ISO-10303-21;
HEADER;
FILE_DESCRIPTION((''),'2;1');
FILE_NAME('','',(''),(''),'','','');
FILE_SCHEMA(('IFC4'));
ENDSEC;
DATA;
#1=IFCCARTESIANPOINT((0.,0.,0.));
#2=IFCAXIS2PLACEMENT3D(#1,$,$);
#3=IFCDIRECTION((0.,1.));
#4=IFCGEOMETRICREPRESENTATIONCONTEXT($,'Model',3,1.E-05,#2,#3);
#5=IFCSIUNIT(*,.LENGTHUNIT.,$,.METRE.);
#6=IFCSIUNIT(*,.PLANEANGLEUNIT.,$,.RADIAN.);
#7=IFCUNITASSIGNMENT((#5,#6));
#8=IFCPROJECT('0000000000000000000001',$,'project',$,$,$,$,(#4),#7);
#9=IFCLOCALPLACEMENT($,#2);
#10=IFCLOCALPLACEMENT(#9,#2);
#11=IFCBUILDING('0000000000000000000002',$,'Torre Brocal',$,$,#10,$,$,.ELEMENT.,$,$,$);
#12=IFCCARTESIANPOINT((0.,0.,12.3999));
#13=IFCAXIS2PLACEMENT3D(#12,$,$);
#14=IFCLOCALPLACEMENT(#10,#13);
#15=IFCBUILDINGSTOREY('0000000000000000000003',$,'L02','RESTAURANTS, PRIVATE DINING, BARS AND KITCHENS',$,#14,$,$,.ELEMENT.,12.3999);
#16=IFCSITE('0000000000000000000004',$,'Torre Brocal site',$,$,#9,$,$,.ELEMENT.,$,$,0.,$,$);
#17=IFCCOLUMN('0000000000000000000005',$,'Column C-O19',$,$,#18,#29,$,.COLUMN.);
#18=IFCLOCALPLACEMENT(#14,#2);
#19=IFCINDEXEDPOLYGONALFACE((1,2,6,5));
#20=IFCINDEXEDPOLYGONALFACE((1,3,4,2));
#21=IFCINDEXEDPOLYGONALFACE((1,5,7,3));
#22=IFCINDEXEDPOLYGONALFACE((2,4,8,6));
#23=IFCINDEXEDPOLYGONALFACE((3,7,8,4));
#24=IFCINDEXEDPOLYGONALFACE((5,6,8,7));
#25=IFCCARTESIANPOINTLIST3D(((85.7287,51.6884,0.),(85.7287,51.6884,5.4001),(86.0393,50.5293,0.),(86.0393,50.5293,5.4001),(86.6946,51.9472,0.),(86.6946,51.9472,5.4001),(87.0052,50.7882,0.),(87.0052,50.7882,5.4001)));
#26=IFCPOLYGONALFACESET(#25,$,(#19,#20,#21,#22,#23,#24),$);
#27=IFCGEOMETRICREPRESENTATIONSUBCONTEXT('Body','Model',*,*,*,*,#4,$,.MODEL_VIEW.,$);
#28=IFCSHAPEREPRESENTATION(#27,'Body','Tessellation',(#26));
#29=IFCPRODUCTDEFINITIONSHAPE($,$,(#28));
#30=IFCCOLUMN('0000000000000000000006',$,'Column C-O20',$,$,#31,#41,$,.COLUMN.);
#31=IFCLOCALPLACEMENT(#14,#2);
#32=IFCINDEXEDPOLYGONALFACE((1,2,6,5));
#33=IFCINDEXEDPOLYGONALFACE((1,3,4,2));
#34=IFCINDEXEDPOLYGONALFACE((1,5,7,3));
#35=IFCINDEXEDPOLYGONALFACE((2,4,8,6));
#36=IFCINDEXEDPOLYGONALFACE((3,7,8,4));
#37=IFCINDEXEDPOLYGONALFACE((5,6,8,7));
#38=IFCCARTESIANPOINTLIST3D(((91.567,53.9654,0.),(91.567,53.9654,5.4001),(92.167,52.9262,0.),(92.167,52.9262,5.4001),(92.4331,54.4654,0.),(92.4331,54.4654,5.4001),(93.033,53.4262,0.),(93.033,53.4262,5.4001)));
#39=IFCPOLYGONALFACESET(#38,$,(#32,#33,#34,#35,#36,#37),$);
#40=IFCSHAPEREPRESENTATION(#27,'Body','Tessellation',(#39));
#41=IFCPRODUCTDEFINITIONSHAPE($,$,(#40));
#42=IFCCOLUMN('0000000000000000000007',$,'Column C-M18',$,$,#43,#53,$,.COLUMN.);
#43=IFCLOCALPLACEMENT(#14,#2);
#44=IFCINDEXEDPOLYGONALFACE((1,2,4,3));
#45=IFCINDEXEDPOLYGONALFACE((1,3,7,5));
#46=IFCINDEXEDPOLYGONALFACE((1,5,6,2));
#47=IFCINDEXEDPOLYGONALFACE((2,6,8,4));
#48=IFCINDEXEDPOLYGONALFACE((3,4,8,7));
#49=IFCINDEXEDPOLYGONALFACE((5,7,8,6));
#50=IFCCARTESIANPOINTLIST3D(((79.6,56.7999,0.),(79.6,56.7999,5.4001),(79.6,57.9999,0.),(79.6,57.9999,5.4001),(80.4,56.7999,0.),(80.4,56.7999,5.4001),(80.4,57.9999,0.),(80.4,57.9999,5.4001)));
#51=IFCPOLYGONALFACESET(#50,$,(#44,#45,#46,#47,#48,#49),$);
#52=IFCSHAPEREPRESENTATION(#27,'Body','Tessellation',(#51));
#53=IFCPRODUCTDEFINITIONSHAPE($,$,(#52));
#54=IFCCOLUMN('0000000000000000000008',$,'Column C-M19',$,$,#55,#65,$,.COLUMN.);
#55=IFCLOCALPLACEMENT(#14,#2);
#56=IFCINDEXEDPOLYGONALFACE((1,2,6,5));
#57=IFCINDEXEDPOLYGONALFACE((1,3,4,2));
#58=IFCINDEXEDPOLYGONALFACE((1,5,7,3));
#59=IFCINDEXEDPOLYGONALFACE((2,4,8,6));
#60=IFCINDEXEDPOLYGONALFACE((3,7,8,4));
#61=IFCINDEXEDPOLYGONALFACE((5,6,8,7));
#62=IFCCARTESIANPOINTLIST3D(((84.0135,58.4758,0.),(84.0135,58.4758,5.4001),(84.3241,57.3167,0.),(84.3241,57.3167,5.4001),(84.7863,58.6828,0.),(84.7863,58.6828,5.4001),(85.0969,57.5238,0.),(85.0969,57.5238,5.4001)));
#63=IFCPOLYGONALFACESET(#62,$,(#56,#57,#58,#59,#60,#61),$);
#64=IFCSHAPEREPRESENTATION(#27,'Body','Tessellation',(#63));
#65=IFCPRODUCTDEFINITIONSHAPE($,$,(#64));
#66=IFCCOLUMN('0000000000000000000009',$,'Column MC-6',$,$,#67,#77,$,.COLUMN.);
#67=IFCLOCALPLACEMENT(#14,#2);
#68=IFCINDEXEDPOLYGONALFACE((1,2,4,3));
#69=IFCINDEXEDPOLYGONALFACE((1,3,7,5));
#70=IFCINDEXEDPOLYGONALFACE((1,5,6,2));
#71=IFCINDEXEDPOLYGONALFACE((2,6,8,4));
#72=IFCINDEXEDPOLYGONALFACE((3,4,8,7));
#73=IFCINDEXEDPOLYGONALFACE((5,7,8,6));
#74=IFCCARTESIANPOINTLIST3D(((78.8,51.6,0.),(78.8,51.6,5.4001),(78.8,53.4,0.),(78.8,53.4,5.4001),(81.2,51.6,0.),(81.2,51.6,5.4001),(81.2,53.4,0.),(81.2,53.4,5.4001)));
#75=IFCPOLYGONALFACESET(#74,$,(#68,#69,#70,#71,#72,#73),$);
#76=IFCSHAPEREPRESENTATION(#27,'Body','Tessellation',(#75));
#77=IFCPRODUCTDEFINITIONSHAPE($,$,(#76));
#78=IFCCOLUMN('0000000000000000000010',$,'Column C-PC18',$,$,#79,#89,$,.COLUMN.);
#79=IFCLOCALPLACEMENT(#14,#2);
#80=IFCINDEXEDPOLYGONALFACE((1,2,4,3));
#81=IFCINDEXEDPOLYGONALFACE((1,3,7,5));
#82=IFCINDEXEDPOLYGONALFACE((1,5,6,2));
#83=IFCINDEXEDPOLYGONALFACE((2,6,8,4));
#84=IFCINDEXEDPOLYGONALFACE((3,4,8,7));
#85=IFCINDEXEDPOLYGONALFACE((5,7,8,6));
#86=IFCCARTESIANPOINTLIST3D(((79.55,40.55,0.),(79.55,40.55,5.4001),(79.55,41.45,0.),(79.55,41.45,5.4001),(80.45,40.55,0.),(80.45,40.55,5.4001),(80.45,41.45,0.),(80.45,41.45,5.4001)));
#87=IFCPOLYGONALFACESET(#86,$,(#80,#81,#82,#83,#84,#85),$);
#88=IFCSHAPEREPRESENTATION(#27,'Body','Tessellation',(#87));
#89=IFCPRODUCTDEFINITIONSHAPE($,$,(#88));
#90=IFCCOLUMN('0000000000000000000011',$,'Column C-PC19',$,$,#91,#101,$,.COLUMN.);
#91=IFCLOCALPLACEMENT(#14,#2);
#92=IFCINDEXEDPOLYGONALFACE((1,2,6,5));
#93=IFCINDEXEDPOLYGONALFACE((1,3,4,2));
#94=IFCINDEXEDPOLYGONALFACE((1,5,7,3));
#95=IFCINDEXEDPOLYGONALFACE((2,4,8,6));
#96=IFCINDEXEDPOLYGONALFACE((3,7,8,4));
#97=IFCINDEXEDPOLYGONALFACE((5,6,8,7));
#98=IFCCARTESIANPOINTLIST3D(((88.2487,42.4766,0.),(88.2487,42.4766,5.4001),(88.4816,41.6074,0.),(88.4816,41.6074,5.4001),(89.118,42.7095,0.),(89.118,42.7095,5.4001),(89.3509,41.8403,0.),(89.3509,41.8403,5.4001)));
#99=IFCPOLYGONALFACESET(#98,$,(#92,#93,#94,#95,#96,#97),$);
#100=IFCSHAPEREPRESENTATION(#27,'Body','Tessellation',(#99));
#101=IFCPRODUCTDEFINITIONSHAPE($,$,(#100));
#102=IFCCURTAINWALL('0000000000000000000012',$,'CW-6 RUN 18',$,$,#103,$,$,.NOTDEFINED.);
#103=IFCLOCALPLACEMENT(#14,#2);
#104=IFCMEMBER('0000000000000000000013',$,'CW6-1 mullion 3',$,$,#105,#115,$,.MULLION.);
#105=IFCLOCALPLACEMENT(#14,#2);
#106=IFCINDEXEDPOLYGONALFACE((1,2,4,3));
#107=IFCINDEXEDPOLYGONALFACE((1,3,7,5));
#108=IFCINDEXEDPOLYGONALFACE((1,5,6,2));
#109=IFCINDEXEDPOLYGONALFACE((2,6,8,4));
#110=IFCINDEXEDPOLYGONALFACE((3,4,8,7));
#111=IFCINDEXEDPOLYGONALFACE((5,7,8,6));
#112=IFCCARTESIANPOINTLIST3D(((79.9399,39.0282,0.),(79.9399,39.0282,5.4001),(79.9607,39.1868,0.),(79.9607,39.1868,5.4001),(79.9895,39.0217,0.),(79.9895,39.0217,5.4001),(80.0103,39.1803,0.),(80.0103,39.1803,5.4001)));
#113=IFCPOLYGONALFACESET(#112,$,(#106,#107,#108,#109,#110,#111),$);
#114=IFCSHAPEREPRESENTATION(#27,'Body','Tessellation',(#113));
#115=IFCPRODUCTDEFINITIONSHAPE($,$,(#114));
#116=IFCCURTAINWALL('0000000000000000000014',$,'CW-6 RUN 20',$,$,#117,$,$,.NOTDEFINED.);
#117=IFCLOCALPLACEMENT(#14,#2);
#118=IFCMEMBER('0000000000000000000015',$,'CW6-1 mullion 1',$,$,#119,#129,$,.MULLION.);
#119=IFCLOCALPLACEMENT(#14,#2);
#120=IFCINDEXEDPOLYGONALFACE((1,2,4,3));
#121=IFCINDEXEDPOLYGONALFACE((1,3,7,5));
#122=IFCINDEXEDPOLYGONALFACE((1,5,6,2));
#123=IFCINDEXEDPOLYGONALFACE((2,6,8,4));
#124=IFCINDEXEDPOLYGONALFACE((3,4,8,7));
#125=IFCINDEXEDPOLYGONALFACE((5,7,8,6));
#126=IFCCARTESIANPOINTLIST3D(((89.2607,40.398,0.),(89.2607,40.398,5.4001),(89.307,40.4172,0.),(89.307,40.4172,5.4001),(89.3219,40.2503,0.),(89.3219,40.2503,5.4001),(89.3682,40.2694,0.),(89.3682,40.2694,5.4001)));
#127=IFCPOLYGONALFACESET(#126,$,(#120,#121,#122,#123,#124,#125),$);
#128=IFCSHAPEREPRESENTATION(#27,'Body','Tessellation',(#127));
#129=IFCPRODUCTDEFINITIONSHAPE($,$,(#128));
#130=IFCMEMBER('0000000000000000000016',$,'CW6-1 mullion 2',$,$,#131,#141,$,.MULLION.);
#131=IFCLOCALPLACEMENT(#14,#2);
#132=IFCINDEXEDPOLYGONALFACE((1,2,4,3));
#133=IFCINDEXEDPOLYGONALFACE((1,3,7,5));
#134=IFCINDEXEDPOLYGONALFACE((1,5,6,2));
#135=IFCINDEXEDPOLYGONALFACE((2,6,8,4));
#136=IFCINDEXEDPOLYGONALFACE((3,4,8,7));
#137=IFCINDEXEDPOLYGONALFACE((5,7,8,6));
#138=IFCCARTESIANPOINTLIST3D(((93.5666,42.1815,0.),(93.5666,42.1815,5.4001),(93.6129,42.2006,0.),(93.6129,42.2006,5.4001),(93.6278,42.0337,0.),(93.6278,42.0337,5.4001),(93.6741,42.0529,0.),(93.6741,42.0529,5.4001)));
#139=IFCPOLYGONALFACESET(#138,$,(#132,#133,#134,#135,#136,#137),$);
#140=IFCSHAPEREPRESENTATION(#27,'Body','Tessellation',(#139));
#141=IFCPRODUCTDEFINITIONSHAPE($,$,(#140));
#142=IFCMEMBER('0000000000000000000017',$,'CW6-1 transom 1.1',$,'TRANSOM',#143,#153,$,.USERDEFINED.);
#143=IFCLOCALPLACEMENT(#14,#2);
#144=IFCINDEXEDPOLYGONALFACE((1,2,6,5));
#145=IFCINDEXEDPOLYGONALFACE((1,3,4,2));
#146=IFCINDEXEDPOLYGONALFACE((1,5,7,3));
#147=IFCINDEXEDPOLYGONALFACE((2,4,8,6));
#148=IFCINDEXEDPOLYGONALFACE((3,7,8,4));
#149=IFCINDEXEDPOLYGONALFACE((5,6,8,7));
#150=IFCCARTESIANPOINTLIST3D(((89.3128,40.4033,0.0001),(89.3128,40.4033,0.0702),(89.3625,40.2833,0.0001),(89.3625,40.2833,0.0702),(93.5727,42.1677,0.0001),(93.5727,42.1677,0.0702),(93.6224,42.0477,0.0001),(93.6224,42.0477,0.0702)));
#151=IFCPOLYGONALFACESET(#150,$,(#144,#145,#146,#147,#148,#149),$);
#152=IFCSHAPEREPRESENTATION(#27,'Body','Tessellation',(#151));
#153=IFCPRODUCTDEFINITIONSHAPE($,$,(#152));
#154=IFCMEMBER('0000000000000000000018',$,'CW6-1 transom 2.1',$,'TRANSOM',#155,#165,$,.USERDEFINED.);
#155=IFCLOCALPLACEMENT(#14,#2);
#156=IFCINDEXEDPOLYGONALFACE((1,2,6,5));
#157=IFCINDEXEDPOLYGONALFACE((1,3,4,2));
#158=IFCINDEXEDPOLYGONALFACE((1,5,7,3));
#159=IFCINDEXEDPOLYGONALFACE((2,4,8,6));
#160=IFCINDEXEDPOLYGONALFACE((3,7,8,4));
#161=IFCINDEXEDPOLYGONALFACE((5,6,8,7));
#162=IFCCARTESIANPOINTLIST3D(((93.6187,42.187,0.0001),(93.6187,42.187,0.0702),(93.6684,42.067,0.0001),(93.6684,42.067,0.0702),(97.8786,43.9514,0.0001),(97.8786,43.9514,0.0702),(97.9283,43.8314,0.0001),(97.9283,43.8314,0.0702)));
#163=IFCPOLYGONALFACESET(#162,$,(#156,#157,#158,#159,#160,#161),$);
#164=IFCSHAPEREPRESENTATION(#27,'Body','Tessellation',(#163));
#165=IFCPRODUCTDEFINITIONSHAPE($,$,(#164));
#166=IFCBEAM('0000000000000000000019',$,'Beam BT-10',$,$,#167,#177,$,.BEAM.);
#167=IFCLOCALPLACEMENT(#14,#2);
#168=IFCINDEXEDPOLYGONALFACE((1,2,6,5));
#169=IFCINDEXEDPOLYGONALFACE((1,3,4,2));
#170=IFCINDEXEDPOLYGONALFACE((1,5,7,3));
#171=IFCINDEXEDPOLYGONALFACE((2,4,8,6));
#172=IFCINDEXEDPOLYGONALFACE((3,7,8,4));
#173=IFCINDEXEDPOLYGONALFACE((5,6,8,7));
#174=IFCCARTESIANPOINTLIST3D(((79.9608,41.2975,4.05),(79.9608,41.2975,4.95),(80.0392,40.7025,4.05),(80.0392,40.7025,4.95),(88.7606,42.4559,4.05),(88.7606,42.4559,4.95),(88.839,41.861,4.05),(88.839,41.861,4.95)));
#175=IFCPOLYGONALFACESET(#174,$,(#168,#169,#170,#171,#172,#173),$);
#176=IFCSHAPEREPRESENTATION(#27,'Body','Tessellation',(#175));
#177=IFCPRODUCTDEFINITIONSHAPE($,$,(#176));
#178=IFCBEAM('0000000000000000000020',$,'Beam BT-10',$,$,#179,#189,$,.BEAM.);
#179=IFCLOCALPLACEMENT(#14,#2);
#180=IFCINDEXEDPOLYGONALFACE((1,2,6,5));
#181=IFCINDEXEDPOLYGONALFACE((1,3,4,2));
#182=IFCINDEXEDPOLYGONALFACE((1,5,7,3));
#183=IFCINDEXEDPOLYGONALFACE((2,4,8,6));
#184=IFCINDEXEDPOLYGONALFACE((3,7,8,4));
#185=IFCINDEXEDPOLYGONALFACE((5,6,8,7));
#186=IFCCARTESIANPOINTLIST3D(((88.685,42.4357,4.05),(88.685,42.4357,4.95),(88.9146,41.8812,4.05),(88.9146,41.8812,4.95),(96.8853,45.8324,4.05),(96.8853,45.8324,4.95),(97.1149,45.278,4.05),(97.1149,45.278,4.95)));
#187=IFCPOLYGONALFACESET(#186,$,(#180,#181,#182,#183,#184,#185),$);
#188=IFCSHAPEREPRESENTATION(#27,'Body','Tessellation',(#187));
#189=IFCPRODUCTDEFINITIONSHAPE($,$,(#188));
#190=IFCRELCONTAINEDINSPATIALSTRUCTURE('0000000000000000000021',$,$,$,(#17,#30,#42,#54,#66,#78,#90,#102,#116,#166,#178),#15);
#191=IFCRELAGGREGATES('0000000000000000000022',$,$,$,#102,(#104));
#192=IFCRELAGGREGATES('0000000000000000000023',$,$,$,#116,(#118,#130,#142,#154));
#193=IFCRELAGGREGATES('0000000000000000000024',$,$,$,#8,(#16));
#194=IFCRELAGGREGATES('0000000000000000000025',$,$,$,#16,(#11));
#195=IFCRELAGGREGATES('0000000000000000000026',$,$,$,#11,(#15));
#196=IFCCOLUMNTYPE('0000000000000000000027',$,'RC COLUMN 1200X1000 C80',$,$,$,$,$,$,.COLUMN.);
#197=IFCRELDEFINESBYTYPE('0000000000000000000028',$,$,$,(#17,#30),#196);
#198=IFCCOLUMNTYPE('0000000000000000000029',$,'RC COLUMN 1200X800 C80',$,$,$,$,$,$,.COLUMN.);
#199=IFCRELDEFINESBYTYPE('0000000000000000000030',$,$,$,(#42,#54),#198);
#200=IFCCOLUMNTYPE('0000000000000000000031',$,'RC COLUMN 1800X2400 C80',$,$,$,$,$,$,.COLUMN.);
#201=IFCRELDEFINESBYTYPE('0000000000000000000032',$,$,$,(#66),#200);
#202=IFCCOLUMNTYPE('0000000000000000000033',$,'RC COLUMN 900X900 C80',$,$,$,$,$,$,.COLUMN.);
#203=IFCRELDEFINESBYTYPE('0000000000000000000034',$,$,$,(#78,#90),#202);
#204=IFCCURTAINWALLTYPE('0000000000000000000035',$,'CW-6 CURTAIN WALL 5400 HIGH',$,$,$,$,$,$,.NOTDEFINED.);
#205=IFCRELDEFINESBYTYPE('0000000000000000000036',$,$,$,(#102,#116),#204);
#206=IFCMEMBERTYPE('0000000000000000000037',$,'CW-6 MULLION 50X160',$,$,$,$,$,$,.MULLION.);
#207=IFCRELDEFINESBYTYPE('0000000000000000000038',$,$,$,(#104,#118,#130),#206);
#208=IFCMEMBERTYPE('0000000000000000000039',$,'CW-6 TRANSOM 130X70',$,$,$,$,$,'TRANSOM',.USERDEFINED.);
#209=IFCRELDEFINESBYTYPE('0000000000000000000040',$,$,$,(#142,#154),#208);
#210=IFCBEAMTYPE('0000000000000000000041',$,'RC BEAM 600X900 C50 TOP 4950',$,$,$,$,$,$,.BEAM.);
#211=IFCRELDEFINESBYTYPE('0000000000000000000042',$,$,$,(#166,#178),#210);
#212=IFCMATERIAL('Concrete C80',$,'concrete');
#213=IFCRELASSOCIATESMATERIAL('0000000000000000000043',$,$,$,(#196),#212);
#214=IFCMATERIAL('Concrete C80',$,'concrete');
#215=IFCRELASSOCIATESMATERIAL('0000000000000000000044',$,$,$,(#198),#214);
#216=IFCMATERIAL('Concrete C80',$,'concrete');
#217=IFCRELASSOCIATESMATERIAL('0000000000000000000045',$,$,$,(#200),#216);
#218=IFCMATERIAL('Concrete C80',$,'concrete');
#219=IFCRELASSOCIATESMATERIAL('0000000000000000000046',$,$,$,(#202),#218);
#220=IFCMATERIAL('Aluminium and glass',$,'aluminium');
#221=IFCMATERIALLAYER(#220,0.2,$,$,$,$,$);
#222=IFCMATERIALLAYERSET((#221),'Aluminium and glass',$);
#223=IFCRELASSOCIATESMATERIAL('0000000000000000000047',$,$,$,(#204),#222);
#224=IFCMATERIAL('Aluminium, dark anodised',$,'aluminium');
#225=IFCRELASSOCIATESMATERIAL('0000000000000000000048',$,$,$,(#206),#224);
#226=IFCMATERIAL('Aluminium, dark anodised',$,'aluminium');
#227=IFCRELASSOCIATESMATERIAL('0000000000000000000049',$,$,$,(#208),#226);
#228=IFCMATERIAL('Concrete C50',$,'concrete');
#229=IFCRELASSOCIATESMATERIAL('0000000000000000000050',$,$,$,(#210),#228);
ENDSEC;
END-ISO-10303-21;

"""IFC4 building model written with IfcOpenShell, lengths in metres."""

from ifc_helpers import new_model, si_unit, direction, frame, origin, origin_2d, place, context, subcontext, project, spatial, rectangle, extrude, material, layer, layer_set, material_profile, profile_set, type_object, element, aggregate, save


model = new_model("IFC4")

# Units and contexts
model_context = context("Model", 3, precision=1e-05, world=origin(), true_north=direction((0.0, 1.0)))
body_context = subcontext(model_context, "Body", "Model", "MODEL_VIEW")
ifc_project = project(units=[si_unit("LENGTHUNIT", "METRE"), si_unit("PLANEANGLEUNIT", "RADIAN")], contexts=[model_context])

# Site, building, storey
site_placement = place(None, origin())
site = spatial("IfcSite", under=ifc_project, at=site_placement, Name="Torre Brocal site", CompositionType="ELEMENT", RefElevation=0.0)
building_placement = place(site_placement, origin())
building = spatial("IfcBuilding", under=site, at=building_placement, Name="Torre Brocal", CompositionType="ELEMENT")
storey_placement = place(building_placement, frame((0.0, 0.0, 12.3999)))
storey = spatial("IfcBuildingStorey", under=building, at=storey_placement, Name="L02", Description="RESTAURANTS, PRIVATE DINING, BARS AND KITCHENS", CompositionType="ELEMENT", Elevation=12.3999)

# Columns
ifc_material_1 = material(Name="Concrete C80", Category="concrete")
ifc_material_profile_1 = material_profile(ifc_material_1, rectangle(XDim=1.2, YDim=1.0, at=origin_2d()), Name="RC 1200X1000")
ifc_profile_set_1 = profile_set([ifc_material_profile_1], Name="Concrete C80")
column_type_1 = type_object("IfcColumnType", Name="RC COLUMN 1200X1000 C80", PredefinedType="COLUMN", material=ifc_profile_set_1)
for number, where, z_axis, x_axis, name in (
    (1, (86.3669, 51.2383, 0.0), (0.0, 0.0, 1.0), (0.258819, -0.965926, 0.0), "Column C-O19"),
    (2, (92.3, 53.6958, 0.0), (0.0, 0.0, 1.0), (0.5, -0.866025, 0.0), "Column C-O20"),
):
    element("IfcColumn", number, at=place(storey_placement, frame(where, z_axis=z_axis, x_axis=x_axis)), inside=storey, type_object=column_type_1, Name=name, PredefinedType="COLUMN", context=body_context, shape_type="SweptSolid", body=[
        extrude(rectangle(XDim=1.2, YDim=1.0, at=origin_2d()), origin(), (0.0, 0.0, 1.0), 5.4001),
    ])
ifc_material_2 = material(Name="Concrete C80", Category="concrete")
ifc_material_profile_2 = material_profile(ifc_material_2, rectangle(XDim=1.2, YDim=0.8, at=origin_2d()), Name="RC 1200X800")
ifc_profile_set_2 = profile_set([ifc_material_profile_2], Name="Concrete C80")
column_type_2 = type_object("IfcColumnType", Name="RC COLUMN 1200X800 C80", PredefinedType="COLUMN", material=ifc_profile_set_2)
for number, where, z_axis, x_axis, name in (
    (3, (80.0, 57.3999, 0.0), (0.0, 0.0, 1.0), (0.0, -1.0, 0.0), "Column C-M18"),
    (4, (84.5552, 57.9998, 0.0), (0.0, 0.0, 1.0), (0.258819, -0.965926, 0.0), "Column C-M19"),
):
    element("IfcColumn", number, at=place(storey_placement, frame(where, z_axis=z_axis, x_axis=x_axis)), inside=storey, type_object=column_type_2, Name=name, PredefinedType="COLUMN", context=body_context, shape_type="SweptSolid", body=[
        extrude(rectangle(XDim=1.2, YDim=0.8, at=origin_2d()), origin(), (0.0, 0.0, 1.0), 5.4001),
    ])
ifc_material_3 = material(Name="Concrete C80", Category="concrete")
ifc_material_profile_3 = material_profile(ifc_material_3, rectangle(XDim=1.8, YDim=2.3999, at=origin_2d()), Name="RC 1800X2400")
ifc_profile_set_3 = profile_set([ifc_material_profile_3], Name="Concrete C80")
column_type_3 = type_object("IfcColumnType", Name="RC COLUMN 1800X2400 C80", PredefinedType="COLUMN", material=ifc_profile_set_3)
column_placement = place(storey_placement, frame((80.0, 52.5, 0.0), z_axis=(0.0, 0.0, 1.0), x_axis=(0.0, -1.0, 0.0)))
element("IfcColumn", 5, at=column_placement, inside=storey, type_object=column_type_3, Name="Column MC-6", PredefinedType="COLUMN", context=body_context, shape_type="SweptSolid", body=[
    extrude(rectangle(XDim=1.8, YDim=2.3999, at=origin_2d()), origin(), (0.0, 0.0, 1.0), 5.4001),
])
ifc_material_4 = material(Name="Concrete C80", Category="concrete")
ifc_material_profile_4 = material_profile(ifc_material_4, rectangle(XDim=0.8999, YDim=0.8999, at=origin_2d()), Name="RC 900X900")
ifc_profile_set_4 = profile_set([ifc_material_profile_4], Name="Concrete C80")
column_type_4 = type_object("IfcColumnType", Name="RC COLUMN 900X900 C80", PredefinedType="COLUMN", material=ifc_profile_set_4)
for number, where, z_axis, x_axis, name in (
    (6, (80.0, 41.0, 0.0), (0.0, 0.0, 1.0), (0.0, -1.0, 0.0), "Column C-PC18"),
    (7, (88.7998, 42.1584, 0.0), (0.0, 0.0, 1.0), (0.258819, -0.965926, 0.0), "Column C-PC19"),
):
    element("IfcColumn", number, at=place(storey_placement, frame(where, z_axis=z_axis, x_axis=x_axis)), inside=storey, type_object=column_type_4, Name=name, PredefinedType="COLUMN", context=body_context, shape_type="SweptSolid", body=[
        extrude(rectangle(XDim=0.8999, YDim=0.8999, at=origin_2d()), origin(), (0.0, 0.0, 1.0), 5.4001),
    ])

# Curtain wall, member
ifc_material_5 = material(Name="Aluminium and glass", Category="aluminium")
ifc_layer_1 = layer(ifc_material_5, 0.2)
ifc_layer_set_1 = layer_set([ifc_layer_1], Name="Aluminium and glass")
curtain_wall_type = type_object("IfcCurtainWallType", Name="CW-6 CURTAIN WALL 5400 HIGH", PredefinedType="NOTDEFINED", material=ifc_layer_set_1)
curtain_wall_1_placement = place(storey_placement, origin())
curtain_wall_1 = element("IfcCurtainWall", 8, at=curtain_wall_1_placement, inside=storey, type_object=curtain_wall_type, Name="CW-6 RUN 18", PredefinedType="NOTDEFINED")
ifc_material_6 = material(Name="Aluminium, dark anodised", Category="aluminium")
ifc_material_profile_5 = material_profile(ifc_material_6, rectangle(XDim=0.1599, YDim=0.05, at=origin_2d()), Name="CW-6 MULLION 50X160")
ifc_profile_set_5 = profile_set([ifc_material_profile_5], Name="Aluminium, dark anodised")
member_type_1 = type_object("IfcMemberType", Name="CW-6 MULLION 50X160", PredefinedType="MULLION", material=ifc_profile_set_5)
member_1_placement = place(storey_placement, frame((79.9751, 39.1042, 0.0), z_axis=(0.0, 0.0, 1.0), x_axis=(0.130526, 0.991445, 0.0)))
member_1 = element("IfcMember", 9, at=member_1_placement, type_object=member_type_1, Name="CW6-1 mullion 3", PredefinedType="MULLION", context=body_context, shape_type="SweptSolid", body=[
    extrude(rectangle(XDim=0.1599, YDim=0.05, at=origin_2d()), origin(), (0.0, 0.0, 1.0), 5.4001),
])

# Curtain wall, members
curtain_wall_2_placement = place(storey_placement, origin())
curtain_wall_2 = element("IfcCurtainWall", 10, at=curtain_wall_2_placement, inside=storey, type_object=curtain_wall_type, Name="CW-6 RUN 20", PredefinedType="NOTDEFINED")
member_2_placement = place(storey_placement, frame((89.3145, 40.3337, 0.0), z_axis=(0.0, 0.0, 1.0), x_axis=(-0.382683, 0.92388, 0.0)))
member_2 = element("IfcMember", 11, at=member_2_placement, type_object=member_type_1, Name="CW6-1 mullion 1", PredefinedType="MULLION", context=body_context, shape_type="SweptSolid", body=[
    extrude(rectangle(XDim=0.1599, YDim=0.05, at=origin_2d()), origin(), (0.0, 0.0, 1.0), 5.4001),
])
member_3_placement = place(storey_placement, frame((93.6204, 42.1172, 0.0), z_axis=(0.0, 0.0, 1.0), x_axis=(-0.382683, 0.92388, 0.0)))
member_3 = element("IfcMember", 12, at=member_3_placement, type_object=member_type_1, Name="CW6-1 mullion 2", PredefinedType="MULLION", context=body_context, shape_type="SweptSolid", body=[
    extrude(rectangle(XDim=0.1599, YDim=0.05, at=origin_2d()), origin(), (0.0, 0.0, 1.0), 5.4001),
])
ifc_material_7 = material(Name="Aluminium, dark anodised", Category="aluminium")
ifc_material_profile_6 = material_profile(ifc_material_7, rectangle(XDim=0.1299, YDim=0.0701, at=origin_2d()), Name="CW-6 TRANSOM 130X70")
ifc_profile_set_6 = profile_set([ifc_material_profile_6], Name="Aluminium, dark anodised")
member_type_2 = type_object("IfcMemberType", Name="CW-6 TRANSOM 130X70", ElementType="TRANSOM", PredefinedType="USERDEFINED", material=ifc_profile_set_6)
member_4_placement = place(storey_placement, frame((89.3376, 40.3433, 0.0352), z_axis=(0.923883, 0.382674, 0.0), x_axis=(-0.382674, 0.923883, 0.0)))
member_4 = element("IfcMember", 13, at=member_4_placement, type_object=member_type_2, Name="CW6-1 transom 1.1", ObjectType="TRANSOM", PredefinedType="USERDEFINED", context=body_context, shape_type="SweptSolid", body=[
    extrude(rectangle(XDim=0.1299, YDim=0.0701, at=origin_2d()), origin(), (0.0, 0.0, 1.0), 4.6108),
])
member_5_placement = place(storey_placement, frame((93.6436, 42.127, 0.0352), z_axis=(0.923883, 0.382674, 0.0), x_axis=(-0.382674, 0.923883, 0.0)))
member_5 = element("IfcMember", 14, at=member_5_placement, type_object=member_type_2, Name="CW6-1 transom 2.1", ObjectType="TRANSOM", PredefinedType="USERDEFINED", context=body_context, shape_type="SweptSolid", body=[
    extrude(rectangle(XDim=0.1299, YDim=0.0701, at=origin_2d()), origin(), (0.0, 0.0, 1.0), 4.6108),
])

# Beams
ifc_material_8 = material(Name="Concrete C50", Category="concrete")
ifc_material_profile_7 = material_profile(ifc_material_8, rectangle(XDim=0.6001, YDim=0.8999, at=origin_2d()), Name="RC 600X900")
ifc_profile_set_7 = profile_set([ifc_material_profile_7], Name="Concrete C50")
beam_type_1 = type_object("IfcBeamType", Name="RC BEAM 600X900 C50 TOP 4950", PredefinedType="BEAM", material=ifc_profile_set_7)
beam_1_placement = place(storey_placement, frame((80.0, 41.0, 4.5), z_axis=(0.991446, 0.130519, 0.0), x_axis=(-0.130519, 0.991446, 0.0)))
element("IfcBeam", 15, at=beam_1_placement, inside=storey, type_object=beam_type_1, Name="Beam BT-10", PredefinedType="BEAM", context=body_context, shape_type="SweptSolid", body=[
    extrude(rectangle(XDim=0.6001, YDim=0.8999, at=origin_2d()), origin(), (0.0, 0.0, 1.0), 8.8757),
])
beam_2_placement = place(storey_placement, frame((88.7998, 42.1584, 4.5), z_axis=(0.923876, 0.382693, 0.0), x_axis=(-0.382693, 0.923876, 0.0)))
element("IfcBeam", 16, at=beam_2_placement, inside=storey, type_object=beam_type_1, Name="Beam BT-10", PredefinedType="BEAM", context=body_context, shape_type="SweptSolid", body=[
    extrude(rectangle(XDim=0.6001, YDim=0.8999, at=origin_2d()), origin(), (0.0, 0.0, 1.0), 8.876),
])

aggregate(curtain_wall_1, [member_1])
aggregate(curtain_wall_2, [member_2, member_3, member_4, member_5])

save(model, "model.ifc")
